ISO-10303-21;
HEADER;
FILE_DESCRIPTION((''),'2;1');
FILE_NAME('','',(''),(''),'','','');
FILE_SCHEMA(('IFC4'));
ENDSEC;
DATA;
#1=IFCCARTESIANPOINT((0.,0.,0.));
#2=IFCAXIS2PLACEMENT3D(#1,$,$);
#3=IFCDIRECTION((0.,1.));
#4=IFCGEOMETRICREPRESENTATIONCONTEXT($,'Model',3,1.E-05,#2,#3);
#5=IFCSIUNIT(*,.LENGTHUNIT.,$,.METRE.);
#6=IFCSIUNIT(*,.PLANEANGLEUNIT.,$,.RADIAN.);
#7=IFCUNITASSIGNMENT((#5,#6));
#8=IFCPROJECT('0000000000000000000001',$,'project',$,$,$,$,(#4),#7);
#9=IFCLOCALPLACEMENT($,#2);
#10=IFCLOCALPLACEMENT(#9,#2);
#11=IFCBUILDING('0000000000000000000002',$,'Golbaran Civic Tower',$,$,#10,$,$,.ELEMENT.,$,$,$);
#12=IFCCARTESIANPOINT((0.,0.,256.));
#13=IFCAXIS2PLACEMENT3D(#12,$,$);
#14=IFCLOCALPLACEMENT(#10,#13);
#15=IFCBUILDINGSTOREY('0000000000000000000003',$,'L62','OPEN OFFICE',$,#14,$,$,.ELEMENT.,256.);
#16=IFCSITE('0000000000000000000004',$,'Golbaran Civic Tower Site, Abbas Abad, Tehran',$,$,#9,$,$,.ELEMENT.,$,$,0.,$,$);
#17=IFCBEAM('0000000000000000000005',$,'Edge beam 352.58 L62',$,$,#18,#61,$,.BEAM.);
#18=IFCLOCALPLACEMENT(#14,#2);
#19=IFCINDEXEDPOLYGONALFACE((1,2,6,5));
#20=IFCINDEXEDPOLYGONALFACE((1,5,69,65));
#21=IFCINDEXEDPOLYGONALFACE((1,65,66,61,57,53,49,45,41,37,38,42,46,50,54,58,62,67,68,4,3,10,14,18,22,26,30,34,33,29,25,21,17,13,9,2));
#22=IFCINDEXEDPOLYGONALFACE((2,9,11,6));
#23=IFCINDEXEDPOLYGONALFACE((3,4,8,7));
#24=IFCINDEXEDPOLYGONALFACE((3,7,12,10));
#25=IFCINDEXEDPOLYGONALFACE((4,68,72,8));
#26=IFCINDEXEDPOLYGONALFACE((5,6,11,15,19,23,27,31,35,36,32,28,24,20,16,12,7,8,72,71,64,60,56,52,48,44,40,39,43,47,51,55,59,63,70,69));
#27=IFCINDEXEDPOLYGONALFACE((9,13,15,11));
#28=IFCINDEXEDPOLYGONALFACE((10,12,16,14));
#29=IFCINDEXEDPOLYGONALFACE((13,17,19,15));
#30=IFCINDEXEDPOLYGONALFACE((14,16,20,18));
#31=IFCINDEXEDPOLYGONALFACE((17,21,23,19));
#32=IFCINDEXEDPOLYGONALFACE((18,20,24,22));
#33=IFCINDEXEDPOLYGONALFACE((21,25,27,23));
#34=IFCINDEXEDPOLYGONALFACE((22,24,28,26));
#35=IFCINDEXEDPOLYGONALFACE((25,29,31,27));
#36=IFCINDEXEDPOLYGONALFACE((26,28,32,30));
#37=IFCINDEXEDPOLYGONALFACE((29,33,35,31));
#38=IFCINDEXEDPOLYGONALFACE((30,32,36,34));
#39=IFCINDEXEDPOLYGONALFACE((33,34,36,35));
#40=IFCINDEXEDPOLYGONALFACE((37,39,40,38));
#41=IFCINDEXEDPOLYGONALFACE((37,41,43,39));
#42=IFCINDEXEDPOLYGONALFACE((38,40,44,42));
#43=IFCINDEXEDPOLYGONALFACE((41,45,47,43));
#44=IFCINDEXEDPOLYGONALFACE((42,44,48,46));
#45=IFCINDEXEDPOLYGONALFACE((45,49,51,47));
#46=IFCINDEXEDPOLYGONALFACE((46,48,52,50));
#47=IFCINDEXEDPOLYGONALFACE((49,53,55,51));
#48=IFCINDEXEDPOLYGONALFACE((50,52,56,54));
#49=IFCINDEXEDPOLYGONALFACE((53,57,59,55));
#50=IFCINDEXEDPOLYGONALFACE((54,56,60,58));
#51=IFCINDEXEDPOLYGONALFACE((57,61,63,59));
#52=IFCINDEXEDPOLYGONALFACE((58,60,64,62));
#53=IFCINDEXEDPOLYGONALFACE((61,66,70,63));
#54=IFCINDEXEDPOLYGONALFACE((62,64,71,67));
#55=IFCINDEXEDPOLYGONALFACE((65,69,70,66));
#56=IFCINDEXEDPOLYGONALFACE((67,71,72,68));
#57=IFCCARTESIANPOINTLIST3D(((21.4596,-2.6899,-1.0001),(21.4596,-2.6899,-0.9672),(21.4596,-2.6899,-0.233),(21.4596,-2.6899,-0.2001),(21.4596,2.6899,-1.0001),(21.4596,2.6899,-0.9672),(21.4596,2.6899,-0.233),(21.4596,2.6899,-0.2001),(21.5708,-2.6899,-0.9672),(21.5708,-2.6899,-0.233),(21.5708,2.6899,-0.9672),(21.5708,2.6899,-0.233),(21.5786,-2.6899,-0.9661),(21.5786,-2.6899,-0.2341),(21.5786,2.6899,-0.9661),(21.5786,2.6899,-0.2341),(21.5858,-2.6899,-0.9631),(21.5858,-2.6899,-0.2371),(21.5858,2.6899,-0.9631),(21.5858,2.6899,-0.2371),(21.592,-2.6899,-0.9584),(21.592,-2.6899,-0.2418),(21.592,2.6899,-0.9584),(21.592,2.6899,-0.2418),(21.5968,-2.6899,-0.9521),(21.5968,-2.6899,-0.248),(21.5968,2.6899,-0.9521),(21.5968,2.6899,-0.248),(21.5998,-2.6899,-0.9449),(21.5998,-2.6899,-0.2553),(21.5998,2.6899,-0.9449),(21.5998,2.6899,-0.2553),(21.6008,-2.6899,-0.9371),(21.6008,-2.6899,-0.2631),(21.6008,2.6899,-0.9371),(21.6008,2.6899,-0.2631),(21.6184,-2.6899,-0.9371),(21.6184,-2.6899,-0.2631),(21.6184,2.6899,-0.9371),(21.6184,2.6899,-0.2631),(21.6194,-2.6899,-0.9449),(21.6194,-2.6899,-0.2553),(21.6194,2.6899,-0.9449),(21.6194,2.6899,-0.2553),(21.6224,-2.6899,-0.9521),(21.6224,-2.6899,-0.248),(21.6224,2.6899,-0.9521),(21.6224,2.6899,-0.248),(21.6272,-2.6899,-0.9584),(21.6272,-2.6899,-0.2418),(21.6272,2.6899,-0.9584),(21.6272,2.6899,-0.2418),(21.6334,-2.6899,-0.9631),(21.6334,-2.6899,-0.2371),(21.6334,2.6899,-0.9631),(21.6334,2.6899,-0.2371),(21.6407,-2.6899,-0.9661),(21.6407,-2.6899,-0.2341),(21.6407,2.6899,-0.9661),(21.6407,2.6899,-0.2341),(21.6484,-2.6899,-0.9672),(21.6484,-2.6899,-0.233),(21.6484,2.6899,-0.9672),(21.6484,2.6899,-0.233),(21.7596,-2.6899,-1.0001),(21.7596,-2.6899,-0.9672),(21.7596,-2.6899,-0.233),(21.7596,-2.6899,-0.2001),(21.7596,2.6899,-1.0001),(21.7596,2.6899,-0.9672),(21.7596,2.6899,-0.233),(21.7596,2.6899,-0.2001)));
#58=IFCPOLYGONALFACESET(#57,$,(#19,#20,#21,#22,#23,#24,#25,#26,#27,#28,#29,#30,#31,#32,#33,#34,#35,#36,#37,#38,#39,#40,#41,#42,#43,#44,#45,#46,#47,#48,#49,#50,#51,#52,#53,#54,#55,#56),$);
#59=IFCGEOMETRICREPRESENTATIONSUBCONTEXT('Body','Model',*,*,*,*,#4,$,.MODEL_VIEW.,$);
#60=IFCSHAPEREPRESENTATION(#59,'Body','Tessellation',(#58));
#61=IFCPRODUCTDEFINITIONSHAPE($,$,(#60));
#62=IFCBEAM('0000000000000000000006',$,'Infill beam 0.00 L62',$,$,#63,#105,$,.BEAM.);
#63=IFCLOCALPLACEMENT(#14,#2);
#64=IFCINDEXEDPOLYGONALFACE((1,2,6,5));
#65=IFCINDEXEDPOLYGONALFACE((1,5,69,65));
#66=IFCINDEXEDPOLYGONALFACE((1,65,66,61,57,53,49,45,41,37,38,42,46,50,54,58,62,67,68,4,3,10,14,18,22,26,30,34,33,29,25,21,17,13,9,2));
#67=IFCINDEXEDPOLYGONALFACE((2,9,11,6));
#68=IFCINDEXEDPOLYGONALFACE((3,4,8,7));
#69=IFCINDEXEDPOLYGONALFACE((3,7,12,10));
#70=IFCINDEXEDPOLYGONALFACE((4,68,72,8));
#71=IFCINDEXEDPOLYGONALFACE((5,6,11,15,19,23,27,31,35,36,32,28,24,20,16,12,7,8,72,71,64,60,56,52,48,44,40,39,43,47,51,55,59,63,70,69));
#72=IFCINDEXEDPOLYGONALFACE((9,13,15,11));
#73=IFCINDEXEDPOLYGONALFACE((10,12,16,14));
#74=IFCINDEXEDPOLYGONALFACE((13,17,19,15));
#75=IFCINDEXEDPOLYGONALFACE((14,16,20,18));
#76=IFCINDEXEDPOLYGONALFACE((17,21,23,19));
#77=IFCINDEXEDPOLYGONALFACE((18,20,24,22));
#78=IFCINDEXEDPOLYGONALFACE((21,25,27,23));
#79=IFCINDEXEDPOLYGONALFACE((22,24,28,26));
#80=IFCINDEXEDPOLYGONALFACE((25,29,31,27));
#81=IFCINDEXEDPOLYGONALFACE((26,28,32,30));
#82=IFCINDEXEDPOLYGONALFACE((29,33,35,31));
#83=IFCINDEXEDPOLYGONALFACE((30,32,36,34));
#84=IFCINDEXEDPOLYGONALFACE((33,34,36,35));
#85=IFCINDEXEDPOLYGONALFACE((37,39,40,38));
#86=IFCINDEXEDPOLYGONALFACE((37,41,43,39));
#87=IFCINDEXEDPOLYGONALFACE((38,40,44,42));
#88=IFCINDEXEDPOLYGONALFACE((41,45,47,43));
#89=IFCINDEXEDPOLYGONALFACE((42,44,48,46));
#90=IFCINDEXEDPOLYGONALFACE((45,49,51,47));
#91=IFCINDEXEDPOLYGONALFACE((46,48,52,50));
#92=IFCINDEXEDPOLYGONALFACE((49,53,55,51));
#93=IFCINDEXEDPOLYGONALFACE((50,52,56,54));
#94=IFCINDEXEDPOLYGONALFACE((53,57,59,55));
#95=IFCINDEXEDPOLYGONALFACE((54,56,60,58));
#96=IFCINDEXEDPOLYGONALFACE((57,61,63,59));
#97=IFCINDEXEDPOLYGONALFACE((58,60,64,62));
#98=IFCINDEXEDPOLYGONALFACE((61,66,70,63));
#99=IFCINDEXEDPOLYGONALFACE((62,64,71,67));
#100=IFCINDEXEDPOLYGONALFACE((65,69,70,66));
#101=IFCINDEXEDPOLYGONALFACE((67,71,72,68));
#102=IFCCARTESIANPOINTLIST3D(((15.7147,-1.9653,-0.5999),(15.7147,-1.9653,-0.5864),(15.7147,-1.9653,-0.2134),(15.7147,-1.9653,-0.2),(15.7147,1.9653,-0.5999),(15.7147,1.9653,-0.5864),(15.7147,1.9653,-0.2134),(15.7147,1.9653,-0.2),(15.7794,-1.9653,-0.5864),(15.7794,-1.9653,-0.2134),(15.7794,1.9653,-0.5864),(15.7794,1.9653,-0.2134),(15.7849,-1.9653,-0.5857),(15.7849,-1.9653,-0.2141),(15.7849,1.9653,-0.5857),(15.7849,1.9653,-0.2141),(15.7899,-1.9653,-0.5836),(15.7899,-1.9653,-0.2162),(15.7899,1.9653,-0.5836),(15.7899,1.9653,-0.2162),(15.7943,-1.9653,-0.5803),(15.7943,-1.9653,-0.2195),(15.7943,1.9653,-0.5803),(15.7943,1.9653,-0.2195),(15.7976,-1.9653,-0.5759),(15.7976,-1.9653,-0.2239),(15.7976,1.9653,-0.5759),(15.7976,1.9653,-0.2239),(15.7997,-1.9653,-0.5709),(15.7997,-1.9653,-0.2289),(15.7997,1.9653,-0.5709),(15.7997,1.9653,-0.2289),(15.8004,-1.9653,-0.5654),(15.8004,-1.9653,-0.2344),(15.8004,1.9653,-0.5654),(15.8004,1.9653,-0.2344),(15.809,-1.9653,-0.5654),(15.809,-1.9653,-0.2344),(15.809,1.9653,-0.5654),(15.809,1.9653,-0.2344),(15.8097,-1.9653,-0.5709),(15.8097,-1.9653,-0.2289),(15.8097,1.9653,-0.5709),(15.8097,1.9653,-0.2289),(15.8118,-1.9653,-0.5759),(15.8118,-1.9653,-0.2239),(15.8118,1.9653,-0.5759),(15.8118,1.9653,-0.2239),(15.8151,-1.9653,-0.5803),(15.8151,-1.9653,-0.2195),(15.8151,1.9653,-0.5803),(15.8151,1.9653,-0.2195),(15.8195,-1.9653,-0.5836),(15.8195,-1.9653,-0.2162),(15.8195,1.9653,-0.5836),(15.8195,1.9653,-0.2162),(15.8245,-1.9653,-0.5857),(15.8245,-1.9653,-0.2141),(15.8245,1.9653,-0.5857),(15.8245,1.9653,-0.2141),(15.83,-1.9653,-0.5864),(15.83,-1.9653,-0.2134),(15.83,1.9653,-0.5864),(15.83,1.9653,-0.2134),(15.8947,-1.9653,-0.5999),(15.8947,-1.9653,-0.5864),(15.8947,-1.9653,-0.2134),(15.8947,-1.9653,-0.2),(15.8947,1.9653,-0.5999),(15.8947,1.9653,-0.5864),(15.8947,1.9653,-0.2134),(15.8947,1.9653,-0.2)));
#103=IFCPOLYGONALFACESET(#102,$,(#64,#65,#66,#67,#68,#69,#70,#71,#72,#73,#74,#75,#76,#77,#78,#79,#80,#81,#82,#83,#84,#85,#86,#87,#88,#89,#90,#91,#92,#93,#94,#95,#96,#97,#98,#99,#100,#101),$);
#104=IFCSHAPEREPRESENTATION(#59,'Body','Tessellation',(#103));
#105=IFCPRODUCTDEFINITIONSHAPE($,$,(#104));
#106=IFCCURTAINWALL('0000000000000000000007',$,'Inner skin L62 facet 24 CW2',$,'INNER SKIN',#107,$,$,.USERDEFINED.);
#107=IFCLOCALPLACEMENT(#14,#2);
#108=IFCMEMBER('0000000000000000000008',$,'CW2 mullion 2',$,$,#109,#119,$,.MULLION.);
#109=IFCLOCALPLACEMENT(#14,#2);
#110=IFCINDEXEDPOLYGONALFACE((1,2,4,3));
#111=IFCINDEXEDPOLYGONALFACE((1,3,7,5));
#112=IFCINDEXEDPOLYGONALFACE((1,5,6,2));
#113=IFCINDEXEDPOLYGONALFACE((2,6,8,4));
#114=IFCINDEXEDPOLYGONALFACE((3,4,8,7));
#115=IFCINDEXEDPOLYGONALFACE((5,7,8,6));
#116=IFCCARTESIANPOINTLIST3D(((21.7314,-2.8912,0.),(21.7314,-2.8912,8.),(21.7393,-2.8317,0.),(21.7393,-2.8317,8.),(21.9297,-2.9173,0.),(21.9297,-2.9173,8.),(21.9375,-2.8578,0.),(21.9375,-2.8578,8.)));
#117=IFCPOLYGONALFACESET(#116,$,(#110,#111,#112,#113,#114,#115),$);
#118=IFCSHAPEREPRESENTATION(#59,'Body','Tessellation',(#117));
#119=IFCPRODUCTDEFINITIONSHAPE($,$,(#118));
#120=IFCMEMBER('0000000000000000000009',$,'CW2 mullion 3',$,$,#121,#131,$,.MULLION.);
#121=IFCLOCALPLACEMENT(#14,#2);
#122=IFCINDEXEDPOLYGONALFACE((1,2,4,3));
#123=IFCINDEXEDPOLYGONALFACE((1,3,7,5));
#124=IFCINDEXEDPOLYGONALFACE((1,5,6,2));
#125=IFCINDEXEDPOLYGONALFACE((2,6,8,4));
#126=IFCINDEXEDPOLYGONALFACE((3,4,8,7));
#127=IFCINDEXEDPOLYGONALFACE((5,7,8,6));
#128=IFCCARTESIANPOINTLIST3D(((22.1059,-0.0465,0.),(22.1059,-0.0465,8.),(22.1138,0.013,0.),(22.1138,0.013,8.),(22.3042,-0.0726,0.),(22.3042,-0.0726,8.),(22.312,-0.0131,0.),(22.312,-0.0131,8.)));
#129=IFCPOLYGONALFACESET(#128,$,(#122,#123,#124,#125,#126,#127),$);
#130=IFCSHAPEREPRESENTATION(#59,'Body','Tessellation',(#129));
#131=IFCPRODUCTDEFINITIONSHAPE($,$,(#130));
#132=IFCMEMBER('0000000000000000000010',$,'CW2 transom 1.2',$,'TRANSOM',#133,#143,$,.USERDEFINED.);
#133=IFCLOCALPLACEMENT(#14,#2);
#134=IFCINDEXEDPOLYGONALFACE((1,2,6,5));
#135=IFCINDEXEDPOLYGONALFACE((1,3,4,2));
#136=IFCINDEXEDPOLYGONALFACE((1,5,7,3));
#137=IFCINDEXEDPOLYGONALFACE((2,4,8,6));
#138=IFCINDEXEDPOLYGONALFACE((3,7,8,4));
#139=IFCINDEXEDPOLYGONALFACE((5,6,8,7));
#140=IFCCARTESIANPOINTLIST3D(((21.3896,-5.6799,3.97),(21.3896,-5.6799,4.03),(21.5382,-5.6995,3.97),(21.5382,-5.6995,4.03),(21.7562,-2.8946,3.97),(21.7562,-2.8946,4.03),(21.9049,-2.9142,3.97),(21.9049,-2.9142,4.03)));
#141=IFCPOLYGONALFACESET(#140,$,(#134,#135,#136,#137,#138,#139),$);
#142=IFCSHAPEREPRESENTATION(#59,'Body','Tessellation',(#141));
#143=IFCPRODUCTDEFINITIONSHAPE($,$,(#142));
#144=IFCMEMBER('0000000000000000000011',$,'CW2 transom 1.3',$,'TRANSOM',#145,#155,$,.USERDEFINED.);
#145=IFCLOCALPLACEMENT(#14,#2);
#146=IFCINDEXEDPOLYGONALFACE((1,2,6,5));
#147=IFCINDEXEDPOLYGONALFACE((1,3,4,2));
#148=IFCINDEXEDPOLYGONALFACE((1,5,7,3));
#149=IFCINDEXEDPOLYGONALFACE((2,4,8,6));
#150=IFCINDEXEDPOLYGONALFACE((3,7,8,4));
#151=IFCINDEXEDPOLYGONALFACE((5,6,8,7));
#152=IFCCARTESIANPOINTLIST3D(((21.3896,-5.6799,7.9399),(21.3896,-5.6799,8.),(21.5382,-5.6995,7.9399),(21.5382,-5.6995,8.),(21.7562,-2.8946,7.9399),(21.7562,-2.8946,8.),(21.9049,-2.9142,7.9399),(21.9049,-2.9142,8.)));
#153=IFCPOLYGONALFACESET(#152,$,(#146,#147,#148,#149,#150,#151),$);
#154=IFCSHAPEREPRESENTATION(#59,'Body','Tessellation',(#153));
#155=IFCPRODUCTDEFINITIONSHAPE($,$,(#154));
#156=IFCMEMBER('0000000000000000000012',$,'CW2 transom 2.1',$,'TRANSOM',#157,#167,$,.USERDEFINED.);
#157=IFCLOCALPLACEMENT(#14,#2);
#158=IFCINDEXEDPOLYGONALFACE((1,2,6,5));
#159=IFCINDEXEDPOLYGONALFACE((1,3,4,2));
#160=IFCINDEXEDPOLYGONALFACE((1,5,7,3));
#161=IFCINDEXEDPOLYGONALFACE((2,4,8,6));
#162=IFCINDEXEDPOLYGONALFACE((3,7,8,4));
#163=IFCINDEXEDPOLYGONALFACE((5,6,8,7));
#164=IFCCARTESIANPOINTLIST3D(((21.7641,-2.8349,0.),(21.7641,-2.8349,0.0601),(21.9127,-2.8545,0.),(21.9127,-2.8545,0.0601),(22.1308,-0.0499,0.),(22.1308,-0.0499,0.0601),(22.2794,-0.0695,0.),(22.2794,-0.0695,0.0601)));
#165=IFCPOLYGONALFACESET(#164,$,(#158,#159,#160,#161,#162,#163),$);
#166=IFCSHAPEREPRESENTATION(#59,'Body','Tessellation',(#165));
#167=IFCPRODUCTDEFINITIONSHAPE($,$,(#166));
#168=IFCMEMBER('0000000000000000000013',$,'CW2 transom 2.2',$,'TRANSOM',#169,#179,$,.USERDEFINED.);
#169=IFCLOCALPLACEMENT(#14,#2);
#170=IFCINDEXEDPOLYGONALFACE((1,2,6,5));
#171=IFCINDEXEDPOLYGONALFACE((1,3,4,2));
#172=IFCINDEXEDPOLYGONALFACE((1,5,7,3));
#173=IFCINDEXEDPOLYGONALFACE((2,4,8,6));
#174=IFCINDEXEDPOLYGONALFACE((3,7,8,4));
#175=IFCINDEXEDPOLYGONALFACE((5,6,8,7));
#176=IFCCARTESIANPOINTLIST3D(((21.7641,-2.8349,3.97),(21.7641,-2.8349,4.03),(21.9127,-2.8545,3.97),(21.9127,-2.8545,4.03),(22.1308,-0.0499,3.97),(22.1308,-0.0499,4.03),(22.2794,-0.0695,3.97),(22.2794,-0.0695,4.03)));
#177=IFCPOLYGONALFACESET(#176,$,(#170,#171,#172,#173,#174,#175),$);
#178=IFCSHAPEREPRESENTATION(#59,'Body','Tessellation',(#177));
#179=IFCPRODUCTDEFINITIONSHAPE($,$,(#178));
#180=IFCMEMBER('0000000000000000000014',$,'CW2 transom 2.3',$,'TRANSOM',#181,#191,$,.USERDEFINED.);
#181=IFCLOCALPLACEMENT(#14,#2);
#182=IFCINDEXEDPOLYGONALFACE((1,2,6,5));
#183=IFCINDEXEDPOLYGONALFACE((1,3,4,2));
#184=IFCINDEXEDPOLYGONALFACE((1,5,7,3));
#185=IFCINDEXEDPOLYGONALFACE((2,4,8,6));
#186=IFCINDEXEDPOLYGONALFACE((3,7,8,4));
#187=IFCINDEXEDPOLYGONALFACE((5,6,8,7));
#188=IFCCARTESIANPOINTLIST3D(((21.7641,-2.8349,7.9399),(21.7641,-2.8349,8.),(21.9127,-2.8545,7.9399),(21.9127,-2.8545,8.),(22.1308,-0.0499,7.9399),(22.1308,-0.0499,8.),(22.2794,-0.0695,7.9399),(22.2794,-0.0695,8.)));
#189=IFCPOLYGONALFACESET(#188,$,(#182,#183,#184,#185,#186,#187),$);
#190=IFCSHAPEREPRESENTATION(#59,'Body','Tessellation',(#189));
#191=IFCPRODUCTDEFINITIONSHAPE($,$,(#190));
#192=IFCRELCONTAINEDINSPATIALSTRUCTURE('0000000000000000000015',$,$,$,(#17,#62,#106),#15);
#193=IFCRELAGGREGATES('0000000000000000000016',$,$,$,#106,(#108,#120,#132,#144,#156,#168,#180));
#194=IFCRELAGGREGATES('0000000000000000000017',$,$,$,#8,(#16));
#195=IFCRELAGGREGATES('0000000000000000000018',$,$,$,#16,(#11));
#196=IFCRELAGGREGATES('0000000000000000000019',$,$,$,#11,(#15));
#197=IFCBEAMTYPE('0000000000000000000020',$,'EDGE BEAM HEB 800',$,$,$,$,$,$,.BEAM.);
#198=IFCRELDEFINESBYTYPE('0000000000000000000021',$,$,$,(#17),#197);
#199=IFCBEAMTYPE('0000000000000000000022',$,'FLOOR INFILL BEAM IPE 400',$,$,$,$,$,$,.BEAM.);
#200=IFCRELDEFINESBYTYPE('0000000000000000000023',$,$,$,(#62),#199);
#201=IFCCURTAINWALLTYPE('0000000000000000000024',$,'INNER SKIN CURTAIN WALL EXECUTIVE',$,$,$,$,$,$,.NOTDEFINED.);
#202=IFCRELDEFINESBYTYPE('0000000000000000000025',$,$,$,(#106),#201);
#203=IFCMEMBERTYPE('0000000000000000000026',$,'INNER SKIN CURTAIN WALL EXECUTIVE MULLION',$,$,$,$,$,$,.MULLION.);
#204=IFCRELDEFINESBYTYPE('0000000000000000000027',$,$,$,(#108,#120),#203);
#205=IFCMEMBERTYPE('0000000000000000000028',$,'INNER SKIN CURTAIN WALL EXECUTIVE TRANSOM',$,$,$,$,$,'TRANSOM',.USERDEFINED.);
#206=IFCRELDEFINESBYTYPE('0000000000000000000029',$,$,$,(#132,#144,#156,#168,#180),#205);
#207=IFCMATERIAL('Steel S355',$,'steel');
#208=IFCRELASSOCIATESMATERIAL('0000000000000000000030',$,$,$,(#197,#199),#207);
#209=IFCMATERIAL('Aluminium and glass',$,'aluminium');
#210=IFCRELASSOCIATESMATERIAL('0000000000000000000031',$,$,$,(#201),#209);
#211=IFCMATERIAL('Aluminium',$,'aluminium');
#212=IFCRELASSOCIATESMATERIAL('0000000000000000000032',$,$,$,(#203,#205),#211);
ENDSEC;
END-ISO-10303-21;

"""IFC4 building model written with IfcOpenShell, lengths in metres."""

from ifc_helpers import new_model, si_unit, direction, frame, origin, origin_2d, place, context, subcontext, project, spatial, rectangle, i_section, extrude, material, material_profile, profile_set, type_object, element, aggregate, save


model = new_model("IFC4")

# Units and contexts
model_context = context("Model", 3, precision=1e-05, world=origin(), true_north=direction((0.0, 1.0)))
body_context = subcontext(model_context, "Body", "Model", "MODEL_VIEW")
ifc_project = project(units=[si_unit("LENGTHUNIT", "METRE"), si_unit("PLANEANGLEUNIT", "RADIAN")], contexts=[model_context])

# Site, building, storey
site_placement = place(None, origin())
site = spatial("IfcSite", under=ifc_project, at=site_placement, Name="Golbaran Civic Tower Site, Abbas Abad, Tehran", CompositionType="ELEMENT", RefElevation=0.0)
building_placement = place(site_placement, origin())
building = spatial("IfcBuilding", under=site, at=building_placement, Name="Golbaran Civic Tower", CompositionType="ELEMENT")
storey_placement = place(building_placement, frame((0.0, 0.0, 256.0)))
storey = spatial("IfcBuildingStorey", under=building, at=storey_placement, Name="L62", Description="OPEN OFFICE", CompositionType="ELEMENT", Elevation=256.0)

# Beams
ifc_material_1 = material(Name="Steel S355", Category="steel")
ifc_material_profile_1 = material_profile(ifc_material_1, i_section(OverallWidth=0.3, OverallDepth=0.8, WebThickness=0.0176, FlangeThickness=0.033, FilletRadius=0.03, at=origin_2d()), Name="HEB 800")
ifc_profile_set_1 = profile_set([ifc_material_profile_1], Name="Steel S355")
beam_type_1 = type_object("IfcBeamType", Name="EDGE BEAM HEB 800", PredefinedType="BEAM", material=ifc_profile_set_1)
beam_1_placement = place(storey_placement, frame((21.6096, -2.6899, -0.6001), z_axis=(0.0, 1.0, 0.0), x_axis=(-1.0, 0.0, 0.0)))
element("IfcBeam", 1, at=beam_1_placement, inside=storey, type_object=beam_type_1, Name="Edge beam 352.58 L62", PredefinedType="BEAM", context=body_context, shape_type="SweptSolid", body=[
    extrude(i_section(OverallWidth=0.3, OverallDepth=0.8, WebThickness=0.0176, FlangeThickness=0.033, FilletRadius=0.03, at=origin_2d()), origin(), (0.0, 0.0, 1.0), 5.3799),
])
ifc_material_profile_2 = material_profile(ifc_material_1, i_section(OverallWidth=0.1799, OverallDepth=0.3999, WebThickness=0.0085, FlangeThickness=0.0134, FilletRadius=0.021, at=origin_2d()), Name="IPE 400")
ifc_profile_set_2 = profile_set([ifc_material_profile_2], Name="Steel S355")
beam_type_2 = type_object("IfcBeamType", Name="FLOOR INFILL BEAM IPE 400", PredefinedType="BEAM", material=ifc_profile_set_2)
beam_2_placement = place(storey_placement, frame((15.8047, -1.9653, -0.3999), z_axis=(0.0, 1.0, 0.0), x_axis=(-1.0, 0.0, 0.0)))
element("IfcBeam", 2, at=beam_2_placement, inside=storey, type_object=beam_type_2, Name="Infill beam 0.00 L62", PredefinedType="BEAM", context=body_context, shape_type="SweptSolid", body=[
    extrude(i_section(OverallWidth=0.1799, OverallDepth=0.3999, WebThickness=0.0085, FlangeThickness=0.0134, FilletRadius=0.021, at=origin_2d()), origin(), (0.0, 0.0, 1.0), 3.9307),
])

# Curtain wall, members
ifc_material_2 = material(Name="Aluminium and glass", Category="aluminium")
curtain_wall_type = type_object("IfcCurtainWallType", Name="INNER SKIN CURTAIN WALL EXECUTIVE", PredefinedType="NOTDEFINED", material=ifc_material_2)
curtain_wall_placement = place(storey_placement, origin())
curtain_wall = element("IfcCurtainWall", 3, at=curtain_wall_placement, inside=storey, type_object=curtain_wall_type, Name="Inner skin L62 facet 24 CW2", ObjectType="INNER SKIN", PredefinedType="USERDEFINED")
ifc_material_3 = material(Name="Aluminium", Category="aluminium")
ifc_material_profile_3 = material_profile(ifc_material_3, rectangle(XDim=0.2, YDim=0.0601, at=origin_2d()), Name="INNER SKIN CURTAIN WALL EXECUTIVE MULLION")
ifc_profile_set_3 = profile_set([ifc_material_profile_3], Name="Aluminium")
member_type_1 = type_object("IfcMemberType", Name="INNER SKIN CURTAIN WALL EXECUTIVE MULLION", PredefinedType="MULLION", material=ifc_profile_set_3)
member_1_placement = place(storey_placement, frame((21.8345, -2.8745, 0.0), z_axis=(0.0, 0.0, 1.0), x_axis=(-0.991445, 0.130526, 0.0)))
member_1 = element("IfcMember", 4, at=member_1_placement, type_object=member_type_1, Name="CW2 mullion 2", PredefinedType="MULLION", context=body_context, shape_type="SweptSolid", body=[
    extrude(rectangle(XDim=0.2, YDim=0.0601, at=origin_2d()), origin(), (0.0, 0.0, 1.0), 8.0),
])
member_2_placement = place(storey_placement, frame((22.209, -0.0298, 0.0), z_axis=(0.0, 0.0, 1.0), x_axis=(-0.991445, 0.130526, 0.0)))
member_2 = element("IfcMember", 5, at=member_2_placement, type_object=member_type_1, Name="CW2 mullion 3", PredefinedType="MULLION", context=body_context, shape_type="SweptSolid", body=[
    extrude(rectangle(XDim=0.2, YDim=0.0601, at=origin_2d()), origin(), (0.0, 0.0, 1.0), 8.0),
])
ifc_material_profile_4 = material_profile(ifc_material_3, rectangle(XDim=0.1499, YDim=0.0601, at=origin_2d()), Name="INNER SKIN CURTAIN WALL EXECUTIVE TRANSOM")
ifc_profile_set_4 = profile_set([ifc_material_profile_4], Name="Aluminium")
member_type_2 = type_object("IfcMemberType", Name="INNER SKIN CURTAIN WALL EXECUTIVE TRANSOM", ElementType="TRANSOM", PredefinedType="USERDEFINED", material=ifc_profile_set_4)
member_3_placement = place(storey_placement, frame((21.4639, -5.6897, 4.0), z_axis=(0.130524, 0.991445, 0.0), x_axis=(-0.991445, 0.130524, 0.0)))
member_3 = element("IfcMember", 6, at=member_3_placement, type_object=member_type_2, Name="CW2 transom 1.2", ObjectType="TRANSOM", PredefinedType="USERDEFINED", context=body_context, shape_type="SweptSolid", body=[
    extrude(rectangle(XDim=0.1499, YDim=0.0601, at=origin_2d()), origin(), (0.0, 0.0, 1.0), 2.8093),
])
member_4_placement = place(storey_placement, frame((21.4639, -5.6897, 7.97), z_axis=(0.130524, 0.991445, 0.0), x_axis=(-0.991445, 0.130524, 0.0)))
member_4 = element("IfcMember", 7, at=member_4_placement, type_object=member_type_2, Name="CW2 transom 1.3", ObjectType="TRANSOM", PredefinedType="USERDEFINED", context=body_context, shape_type="SweptSolid", body=[
    extrude(rectangle(XDim=0.1499, YDim=0.0601, at=origin_2d()), origin(), (0.0, 0.0, 1.0), 2.8093),
])
member_5_placement = place(storey_placement, frame((21.8384, -2.8447, 0.03), z_axis=(0.130535, 0.991444, 0.0), x_axis=(-0.991444, 0.130535, 0.0)))
member_5 = element("IfcMember", 8, at=member_5_placement, type_object=member_type_2, Name="CW2 transom 2.1", ObjectType="TRANSOM", PredefinedType="USERDEFINED", context=body_context, shape_type="SweptSolid", body=[
    extrude(rectangle(XDim=0.1499, YDim=0.0601, at=origin_2d()), origin(), (0.0, 0.0, 1.0), 2.8091),
])
member_6_placement = place(storey_placement, frame((21.8384, -2.8447, 4.0), z_axis=(0.130535, 0.991444, 0.0), x_axis=(-0.991444, 0.130535, 0.0)))
member_6 = element("IfcMember", 9, at=member_6_placement, type_object=member_type_2, Name="CW2 transom 2.2", ObjectType="TRANSOM", PredefinedType="USERDEFINED", context=body_context, shape_type="SweptSolid", body=[
    extrude(rectangle(XDim=0.1499, YDim=0.0601, at=origin_2d()), origin(), (0.0, 0.0, 1.0), 2.8091),
])
member_7_placement = place(storey_placement, frame((21.8384, -2.8447, 7.97), z_axis=(0.130535, 0.991444, 0.0), x_axis=(-0.991444, 0.130535, 0.0)))
member_7 = element("IfcMember", 10, at=member_7_placement, type_object=member_type_2, Name="CW2 transom 2.3", ObjectType="TRANSOM", PredefinedType="USERDEFINED", context=body_context, shape_type="SweptSolid", body=[
    extrude(rectangle(XDim=0.1499, YDim=0.0601, at=origin_2d()), origin(), (0.0, 0.0, 1.0), 2.8091),
])
aggregate(curtain_wall, [member_1, member_2, member_3, member_4, member_5, member_6, member_7])

save(model, "model.ifc")
